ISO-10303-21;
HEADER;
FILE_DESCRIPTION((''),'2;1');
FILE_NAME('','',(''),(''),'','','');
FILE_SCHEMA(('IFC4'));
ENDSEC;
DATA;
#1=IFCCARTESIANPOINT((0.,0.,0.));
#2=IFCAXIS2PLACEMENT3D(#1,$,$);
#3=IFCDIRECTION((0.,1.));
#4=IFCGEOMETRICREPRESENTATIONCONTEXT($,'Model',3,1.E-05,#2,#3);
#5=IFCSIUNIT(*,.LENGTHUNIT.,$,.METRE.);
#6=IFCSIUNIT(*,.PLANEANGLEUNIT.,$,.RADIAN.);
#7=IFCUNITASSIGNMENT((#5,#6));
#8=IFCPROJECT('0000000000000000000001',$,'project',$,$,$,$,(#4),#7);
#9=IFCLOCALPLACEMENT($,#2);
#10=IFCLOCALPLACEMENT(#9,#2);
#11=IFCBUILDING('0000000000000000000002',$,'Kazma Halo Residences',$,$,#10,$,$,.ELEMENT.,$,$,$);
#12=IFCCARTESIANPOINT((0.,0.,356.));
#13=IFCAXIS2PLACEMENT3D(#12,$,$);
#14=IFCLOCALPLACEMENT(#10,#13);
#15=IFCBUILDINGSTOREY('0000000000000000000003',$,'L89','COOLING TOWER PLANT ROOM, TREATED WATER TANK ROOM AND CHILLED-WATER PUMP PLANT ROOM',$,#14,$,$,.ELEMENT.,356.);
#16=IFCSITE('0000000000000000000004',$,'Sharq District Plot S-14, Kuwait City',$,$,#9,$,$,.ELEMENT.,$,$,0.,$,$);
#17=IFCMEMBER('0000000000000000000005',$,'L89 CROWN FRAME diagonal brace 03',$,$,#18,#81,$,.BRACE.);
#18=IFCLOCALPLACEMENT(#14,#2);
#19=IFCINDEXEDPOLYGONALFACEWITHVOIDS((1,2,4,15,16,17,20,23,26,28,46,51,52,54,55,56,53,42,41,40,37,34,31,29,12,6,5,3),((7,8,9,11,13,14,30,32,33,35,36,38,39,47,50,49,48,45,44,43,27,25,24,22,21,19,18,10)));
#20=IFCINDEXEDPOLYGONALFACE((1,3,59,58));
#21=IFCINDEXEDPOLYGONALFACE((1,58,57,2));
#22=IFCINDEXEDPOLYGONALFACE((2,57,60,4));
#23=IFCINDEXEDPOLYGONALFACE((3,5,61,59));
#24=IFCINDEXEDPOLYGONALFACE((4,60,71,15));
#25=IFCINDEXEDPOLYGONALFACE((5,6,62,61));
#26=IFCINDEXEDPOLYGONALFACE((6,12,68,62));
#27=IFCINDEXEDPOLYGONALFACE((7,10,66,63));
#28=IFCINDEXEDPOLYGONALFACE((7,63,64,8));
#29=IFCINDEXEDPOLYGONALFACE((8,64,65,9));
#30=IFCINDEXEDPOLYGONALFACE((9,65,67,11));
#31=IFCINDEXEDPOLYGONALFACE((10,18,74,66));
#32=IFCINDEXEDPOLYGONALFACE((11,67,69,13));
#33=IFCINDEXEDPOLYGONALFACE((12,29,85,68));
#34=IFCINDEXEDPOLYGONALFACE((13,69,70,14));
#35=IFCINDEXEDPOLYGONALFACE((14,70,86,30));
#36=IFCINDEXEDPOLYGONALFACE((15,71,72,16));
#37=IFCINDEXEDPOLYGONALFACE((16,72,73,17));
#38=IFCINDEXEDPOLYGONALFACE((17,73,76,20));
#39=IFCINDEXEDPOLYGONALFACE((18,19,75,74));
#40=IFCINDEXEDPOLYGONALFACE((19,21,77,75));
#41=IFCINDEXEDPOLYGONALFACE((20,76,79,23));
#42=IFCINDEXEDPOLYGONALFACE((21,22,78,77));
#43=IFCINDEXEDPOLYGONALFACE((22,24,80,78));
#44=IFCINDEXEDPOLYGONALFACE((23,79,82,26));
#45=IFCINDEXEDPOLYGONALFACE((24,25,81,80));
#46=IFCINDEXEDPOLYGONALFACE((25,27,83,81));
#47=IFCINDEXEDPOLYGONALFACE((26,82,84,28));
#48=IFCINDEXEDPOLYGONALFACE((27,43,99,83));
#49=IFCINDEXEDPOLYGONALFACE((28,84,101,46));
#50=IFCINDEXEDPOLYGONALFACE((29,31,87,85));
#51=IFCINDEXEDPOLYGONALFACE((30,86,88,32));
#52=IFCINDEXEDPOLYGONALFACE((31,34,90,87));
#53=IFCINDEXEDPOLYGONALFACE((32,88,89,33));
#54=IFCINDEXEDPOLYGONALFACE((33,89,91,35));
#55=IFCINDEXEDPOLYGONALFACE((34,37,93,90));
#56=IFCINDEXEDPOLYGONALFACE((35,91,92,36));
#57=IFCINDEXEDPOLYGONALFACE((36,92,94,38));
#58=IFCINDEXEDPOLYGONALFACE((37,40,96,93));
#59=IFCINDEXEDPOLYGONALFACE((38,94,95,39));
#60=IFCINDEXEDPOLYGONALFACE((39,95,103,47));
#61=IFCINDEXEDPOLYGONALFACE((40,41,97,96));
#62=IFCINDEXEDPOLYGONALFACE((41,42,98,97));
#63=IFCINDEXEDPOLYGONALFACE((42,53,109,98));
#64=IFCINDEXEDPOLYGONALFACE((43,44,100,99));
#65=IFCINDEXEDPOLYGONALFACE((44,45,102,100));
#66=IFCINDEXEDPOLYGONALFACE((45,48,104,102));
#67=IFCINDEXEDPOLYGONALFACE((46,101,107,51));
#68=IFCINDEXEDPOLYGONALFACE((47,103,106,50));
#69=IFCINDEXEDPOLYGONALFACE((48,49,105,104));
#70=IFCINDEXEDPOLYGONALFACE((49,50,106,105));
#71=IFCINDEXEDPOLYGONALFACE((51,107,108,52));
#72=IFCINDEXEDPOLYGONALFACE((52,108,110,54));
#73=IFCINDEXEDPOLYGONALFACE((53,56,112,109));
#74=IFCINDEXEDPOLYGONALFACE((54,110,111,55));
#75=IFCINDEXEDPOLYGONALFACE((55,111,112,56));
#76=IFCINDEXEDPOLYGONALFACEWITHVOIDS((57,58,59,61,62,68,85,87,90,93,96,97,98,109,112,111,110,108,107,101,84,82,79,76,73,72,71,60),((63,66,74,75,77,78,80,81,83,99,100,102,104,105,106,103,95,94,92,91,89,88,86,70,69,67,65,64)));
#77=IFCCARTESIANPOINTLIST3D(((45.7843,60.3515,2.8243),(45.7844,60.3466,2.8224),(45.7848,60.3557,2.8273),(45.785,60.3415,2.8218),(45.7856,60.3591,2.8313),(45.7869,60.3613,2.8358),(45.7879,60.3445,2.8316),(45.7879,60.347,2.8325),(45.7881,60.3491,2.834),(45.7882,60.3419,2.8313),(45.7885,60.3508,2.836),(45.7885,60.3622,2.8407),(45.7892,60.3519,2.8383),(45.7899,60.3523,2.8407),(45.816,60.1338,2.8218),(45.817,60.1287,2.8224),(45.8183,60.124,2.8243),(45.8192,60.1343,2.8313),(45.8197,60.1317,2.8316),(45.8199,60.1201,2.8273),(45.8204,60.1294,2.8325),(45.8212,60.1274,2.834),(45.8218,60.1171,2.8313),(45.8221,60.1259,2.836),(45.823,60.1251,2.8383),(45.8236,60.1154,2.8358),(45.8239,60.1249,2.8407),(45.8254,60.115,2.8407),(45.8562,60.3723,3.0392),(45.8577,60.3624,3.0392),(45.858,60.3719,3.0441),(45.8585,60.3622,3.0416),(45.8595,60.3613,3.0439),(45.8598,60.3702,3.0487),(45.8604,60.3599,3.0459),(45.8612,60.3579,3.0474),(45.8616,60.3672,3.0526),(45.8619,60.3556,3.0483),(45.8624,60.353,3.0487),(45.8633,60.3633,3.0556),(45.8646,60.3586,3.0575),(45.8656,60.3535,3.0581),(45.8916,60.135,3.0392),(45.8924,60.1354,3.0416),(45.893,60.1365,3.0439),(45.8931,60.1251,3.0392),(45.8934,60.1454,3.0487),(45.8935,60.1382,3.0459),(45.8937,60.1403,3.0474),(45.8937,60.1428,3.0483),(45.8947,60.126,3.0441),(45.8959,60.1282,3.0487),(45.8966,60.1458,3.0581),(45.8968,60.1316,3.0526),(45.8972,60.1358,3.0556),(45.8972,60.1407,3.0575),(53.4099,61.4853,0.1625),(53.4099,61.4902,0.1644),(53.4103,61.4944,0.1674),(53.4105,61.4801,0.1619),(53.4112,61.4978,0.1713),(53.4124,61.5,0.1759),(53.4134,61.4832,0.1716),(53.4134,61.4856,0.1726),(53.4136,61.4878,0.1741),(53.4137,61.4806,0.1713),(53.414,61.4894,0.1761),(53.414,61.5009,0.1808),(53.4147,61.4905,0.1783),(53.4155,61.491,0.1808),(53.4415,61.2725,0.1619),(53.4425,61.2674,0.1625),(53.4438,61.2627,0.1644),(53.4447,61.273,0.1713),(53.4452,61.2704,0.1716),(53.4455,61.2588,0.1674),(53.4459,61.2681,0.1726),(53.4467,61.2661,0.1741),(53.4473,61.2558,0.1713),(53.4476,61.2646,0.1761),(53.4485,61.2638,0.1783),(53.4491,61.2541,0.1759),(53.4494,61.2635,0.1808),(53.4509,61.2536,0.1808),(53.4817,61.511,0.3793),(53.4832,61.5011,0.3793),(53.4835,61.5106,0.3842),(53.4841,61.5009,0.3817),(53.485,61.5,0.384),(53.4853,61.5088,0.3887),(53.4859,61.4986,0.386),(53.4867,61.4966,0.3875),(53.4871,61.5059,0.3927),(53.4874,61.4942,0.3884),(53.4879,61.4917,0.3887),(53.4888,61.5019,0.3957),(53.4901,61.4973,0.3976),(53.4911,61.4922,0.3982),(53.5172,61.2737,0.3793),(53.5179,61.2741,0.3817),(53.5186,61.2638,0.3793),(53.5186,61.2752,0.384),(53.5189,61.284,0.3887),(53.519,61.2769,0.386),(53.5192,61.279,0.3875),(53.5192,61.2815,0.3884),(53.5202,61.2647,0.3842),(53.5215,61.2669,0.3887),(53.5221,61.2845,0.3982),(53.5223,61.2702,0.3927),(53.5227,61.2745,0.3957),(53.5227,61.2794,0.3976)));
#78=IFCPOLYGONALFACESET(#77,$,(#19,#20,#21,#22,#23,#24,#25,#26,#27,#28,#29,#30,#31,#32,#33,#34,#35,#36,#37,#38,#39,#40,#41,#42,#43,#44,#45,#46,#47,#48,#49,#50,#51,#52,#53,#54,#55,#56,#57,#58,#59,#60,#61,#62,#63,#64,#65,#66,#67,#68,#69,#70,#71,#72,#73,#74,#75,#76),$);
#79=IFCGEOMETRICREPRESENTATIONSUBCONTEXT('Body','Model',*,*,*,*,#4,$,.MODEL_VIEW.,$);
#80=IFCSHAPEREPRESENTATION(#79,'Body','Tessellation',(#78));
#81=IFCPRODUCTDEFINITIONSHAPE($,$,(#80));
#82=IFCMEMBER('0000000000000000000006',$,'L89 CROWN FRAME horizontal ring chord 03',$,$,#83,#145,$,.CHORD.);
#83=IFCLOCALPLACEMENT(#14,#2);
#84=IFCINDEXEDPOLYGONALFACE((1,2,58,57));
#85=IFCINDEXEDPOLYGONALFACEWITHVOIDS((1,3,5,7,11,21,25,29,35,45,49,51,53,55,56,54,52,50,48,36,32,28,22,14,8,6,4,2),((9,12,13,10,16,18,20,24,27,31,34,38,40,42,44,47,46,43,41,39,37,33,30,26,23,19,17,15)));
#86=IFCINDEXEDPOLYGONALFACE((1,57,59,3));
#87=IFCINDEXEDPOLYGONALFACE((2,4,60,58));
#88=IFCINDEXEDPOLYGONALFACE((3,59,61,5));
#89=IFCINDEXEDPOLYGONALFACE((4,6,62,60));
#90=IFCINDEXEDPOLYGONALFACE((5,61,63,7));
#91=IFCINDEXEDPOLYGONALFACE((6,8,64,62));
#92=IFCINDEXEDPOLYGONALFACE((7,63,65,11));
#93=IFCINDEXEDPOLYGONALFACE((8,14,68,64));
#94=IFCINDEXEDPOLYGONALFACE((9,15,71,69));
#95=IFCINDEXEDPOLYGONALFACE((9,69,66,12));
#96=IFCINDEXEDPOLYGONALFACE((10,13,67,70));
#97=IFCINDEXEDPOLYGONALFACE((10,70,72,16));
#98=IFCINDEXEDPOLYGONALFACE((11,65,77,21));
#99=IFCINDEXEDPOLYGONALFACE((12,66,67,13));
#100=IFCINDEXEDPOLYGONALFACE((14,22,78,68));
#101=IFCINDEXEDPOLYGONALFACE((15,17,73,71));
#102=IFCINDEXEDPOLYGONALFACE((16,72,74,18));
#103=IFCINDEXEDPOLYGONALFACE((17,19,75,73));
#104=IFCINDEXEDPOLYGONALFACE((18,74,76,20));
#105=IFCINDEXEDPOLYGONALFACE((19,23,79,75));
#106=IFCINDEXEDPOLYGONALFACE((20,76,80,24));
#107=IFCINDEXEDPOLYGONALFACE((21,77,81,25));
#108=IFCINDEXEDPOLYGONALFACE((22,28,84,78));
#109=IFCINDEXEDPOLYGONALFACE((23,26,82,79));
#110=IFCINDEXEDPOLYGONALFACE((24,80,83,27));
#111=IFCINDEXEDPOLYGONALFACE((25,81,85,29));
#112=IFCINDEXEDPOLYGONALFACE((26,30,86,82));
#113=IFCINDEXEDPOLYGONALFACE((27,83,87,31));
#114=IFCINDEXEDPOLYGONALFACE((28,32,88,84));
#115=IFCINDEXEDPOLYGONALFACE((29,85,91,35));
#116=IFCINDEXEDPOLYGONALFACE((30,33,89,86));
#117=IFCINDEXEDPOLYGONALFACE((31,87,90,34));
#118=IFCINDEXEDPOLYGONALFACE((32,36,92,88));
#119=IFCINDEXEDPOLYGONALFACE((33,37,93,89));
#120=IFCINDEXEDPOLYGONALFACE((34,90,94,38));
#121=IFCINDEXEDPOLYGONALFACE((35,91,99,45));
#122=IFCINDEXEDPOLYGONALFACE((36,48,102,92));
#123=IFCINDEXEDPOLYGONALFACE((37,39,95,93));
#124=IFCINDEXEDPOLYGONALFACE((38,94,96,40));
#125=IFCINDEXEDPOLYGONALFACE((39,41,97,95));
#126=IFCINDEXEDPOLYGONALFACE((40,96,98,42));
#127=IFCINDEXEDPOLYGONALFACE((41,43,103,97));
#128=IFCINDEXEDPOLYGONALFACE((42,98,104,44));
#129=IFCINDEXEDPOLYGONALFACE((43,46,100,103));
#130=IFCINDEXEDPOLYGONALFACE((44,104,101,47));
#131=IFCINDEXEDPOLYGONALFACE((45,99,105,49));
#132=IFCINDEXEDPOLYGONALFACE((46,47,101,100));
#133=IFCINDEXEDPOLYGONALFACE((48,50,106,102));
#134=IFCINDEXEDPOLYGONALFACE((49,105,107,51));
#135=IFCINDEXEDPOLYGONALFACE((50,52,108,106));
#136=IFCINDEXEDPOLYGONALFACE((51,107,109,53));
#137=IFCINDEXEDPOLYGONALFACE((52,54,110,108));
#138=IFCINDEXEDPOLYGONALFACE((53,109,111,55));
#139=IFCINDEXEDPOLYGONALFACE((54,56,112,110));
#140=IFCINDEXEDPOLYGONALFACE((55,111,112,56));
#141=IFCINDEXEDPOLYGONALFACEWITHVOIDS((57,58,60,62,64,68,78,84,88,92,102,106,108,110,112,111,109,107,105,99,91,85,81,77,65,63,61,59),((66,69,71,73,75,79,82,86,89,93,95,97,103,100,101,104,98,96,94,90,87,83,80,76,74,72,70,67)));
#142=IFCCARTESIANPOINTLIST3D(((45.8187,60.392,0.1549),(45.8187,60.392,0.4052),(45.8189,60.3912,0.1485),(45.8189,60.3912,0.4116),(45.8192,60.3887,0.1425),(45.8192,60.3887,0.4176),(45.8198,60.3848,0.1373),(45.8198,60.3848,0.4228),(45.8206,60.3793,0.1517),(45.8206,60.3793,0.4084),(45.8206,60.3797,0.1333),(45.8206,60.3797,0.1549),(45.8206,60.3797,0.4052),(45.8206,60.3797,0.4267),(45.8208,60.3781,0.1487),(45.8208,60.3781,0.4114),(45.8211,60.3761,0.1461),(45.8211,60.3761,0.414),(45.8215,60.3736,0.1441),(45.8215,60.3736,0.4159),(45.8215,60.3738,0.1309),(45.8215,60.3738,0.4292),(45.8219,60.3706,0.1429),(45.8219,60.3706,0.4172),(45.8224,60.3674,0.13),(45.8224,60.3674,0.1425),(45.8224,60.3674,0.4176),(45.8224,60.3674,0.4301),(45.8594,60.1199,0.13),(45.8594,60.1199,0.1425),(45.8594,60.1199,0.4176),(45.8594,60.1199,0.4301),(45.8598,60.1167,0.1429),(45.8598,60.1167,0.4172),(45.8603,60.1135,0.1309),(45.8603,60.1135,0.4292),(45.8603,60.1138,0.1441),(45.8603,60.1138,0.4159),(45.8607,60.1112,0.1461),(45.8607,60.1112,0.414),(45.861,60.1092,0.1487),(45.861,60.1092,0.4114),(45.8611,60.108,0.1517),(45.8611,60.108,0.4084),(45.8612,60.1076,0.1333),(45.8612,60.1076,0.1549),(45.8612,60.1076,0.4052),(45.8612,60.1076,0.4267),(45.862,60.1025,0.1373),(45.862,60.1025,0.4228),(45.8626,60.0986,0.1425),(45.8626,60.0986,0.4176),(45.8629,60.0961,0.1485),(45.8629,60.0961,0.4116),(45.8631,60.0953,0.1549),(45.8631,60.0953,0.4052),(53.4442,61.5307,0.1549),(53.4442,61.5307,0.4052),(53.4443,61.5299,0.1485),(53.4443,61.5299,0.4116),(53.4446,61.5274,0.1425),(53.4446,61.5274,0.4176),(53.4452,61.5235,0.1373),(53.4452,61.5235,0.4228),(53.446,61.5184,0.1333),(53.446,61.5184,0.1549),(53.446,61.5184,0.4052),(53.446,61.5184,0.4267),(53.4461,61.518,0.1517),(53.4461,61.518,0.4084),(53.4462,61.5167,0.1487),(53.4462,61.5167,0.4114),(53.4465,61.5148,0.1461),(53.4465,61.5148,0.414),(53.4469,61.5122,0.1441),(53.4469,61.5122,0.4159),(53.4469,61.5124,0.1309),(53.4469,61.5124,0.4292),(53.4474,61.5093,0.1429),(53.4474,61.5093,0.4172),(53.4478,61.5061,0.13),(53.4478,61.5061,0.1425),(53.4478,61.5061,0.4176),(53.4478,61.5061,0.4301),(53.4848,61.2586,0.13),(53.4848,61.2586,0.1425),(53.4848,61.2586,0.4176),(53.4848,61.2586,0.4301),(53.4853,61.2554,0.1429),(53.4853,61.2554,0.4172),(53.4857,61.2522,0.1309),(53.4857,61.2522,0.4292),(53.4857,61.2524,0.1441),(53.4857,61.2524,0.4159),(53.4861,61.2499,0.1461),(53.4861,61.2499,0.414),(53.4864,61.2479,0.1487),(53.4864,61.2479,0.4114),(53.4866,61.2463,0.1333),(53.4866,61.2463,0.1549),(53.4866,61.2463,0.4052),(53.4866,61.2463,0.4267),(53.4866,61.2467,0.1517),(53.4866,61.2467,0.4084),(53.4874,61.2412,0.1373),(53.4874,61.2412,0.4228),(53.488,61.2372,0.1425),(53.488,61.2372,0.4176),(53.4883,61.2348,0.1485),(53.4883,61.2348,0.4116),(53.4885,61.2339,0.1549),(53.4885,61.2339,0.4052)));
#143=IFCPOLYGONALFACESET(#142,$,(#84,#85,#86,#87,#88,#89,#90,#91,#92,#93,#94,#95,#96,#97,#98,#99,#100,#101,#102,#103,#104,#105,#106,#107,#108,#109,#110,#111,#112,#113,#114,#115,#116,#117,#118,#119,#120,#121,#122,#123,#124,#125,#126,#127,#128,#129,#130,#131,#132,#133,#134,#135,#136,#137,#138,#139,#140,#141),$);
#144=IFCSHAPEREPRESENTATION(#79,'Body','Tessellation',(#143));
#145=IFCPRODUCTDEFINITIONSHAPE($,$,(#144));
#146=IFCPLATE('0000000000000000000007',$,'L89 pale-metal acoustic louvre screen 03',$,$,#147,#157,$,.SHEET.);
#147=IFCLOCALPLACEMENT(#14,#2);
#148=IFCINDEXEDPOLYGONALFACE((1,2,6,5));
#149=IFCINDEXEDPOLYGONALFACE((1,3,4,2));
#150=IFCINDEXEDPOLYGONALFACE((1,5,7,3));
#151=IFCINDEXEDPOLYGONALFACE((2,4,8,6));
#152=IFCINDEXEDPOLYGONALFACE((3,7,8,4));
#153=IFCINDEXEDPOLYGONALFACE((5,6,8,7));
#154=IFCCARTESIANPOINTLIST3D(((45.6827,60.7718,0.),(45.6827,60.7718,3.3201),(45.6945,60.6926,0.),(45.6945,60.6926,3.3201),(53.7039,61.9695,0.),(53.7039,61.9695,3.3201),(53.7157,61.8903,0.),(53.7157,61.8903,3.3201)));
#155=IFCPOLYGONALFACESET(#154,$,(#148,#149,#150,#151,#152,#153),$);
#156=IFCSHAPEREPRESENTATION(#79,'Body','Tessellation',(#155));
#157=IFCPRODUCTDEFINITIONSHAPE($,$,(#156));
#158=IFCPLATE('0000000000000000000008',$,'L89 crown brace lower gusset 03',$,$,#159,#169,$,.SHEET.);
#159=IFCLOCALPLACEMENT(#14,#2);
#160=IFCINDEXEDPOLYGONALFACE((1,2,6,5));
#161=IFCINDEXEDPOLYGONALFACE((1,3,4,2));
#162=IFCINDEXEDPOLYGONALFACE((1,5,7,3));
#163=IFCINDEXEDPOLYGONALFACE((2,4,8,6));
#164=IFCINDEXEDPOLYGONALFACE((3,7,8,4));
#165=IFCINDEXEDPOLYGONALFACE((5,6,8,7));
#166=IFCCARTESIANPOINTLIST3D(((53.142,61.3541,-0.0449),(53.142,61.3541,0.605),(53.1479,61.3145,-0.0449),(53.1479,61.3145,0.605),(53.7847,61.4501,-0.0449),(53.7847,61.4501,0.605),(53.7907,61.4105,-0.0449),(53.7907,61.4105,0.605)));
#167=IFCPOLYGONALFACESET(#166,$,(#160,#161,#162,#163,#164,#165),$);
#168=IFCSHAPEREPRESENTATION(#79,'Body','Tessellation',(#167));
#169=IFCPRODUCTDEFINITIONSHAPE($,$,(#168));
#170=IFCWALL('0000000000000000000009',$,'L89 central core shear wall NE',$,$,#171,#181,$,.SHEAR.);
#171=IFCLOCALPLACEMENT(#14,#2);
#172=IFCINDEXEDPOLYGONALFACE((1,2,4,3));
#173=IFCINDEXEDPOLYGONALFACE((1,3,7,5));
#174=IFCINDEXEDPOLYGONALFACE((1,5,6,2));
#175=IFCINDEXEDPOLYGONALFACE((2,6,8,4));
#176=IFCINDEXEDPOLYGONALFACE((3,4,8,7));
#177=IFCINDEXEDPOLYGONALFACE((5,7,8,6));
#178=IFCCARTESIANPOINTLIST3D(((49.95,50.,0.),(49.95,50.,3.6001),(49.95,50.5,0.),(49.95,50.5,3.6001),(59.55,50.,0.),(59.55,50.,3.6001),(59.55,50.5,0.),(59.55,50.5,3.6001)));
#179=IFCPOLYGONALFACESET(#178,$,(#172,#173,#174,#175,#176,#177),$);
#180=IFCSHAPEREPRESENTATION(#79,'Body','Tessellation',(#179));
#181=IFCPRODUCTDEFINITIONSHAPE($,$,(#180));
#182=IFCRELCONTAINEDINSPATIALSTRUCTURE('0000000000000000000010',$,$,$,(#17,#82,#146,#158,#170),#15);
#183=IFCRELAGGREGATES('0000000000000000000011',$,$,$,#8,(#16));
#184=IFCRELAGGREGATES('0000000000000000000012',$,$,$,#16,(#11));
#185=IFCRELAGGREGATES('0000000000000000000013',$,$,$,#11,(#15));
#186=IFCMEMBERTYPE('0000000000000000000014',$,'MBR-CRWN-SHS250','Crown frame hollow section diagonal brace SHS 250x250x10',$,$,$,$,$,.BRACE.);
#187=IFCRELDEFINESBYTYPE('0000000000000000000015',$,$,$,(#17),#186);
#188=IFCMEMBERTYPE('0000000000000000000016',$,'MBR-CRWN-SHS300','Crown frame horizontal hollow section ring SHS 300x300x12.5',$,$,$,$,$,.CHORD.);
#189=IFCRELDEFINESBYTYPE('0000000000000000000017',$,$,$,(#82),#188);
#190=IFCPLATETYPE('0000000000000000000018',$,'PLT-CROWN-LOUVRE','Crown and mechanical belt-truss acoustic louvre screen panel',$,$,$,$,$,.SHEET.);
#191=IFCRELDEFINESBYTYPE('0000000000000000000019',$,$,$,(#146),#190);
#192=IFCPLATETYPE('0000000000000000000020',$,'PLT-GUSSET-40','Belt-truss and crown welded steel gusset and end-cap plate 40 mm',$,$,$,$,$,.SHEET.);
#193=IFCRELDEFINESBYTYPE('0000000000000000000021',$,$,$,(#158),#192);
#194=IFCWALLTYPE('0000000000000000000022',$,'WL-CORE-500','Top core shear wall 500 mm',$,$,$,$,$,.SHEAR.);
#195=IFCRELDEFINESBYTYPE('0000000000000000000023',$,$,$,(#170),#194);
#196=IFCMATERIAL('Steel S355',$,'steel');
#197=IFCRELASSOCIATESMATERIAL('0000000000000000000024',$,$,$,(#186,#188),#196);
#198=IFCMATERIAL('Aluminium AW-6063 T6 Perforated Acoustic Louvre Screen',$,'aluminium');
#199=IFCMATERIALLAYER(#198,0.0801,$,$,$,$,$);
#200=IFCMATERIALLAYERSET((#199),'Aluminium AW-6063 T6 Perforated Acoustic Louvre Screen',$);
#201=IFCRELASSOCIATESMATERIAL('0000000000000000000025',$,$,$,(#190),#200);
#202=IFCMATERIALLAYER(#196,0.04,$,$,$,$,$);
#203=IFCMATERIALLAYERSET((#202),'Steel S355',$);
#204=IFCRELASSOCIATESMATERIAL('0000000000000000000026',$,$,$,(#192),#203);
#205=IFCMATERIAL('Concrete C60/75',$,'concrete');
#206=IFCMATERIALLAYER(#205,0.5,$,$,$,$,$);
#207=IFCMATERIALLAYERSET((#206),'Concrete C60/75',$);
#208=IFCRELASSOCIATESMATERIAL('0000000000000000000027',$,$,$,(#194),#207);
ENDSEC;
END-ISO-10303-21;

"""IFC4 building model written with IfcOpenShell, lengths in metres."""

from ifc_helpers import new_model, si_unit, direction, frame, frame_2d, origin, origin_2d, place, context, subcontext, project, spatial, rectangle, hollow_rectangle, extrude, material, layer, layer_set, material_profile, profile_set, type_object, element, save


model = new_model("IFC4")

# Units and contexts
model_context = context("Model", 3, precision=1e-05, world=origin(), true_north=direction((0.0, 1.0)))
body_context = subcontext(model_context, "Body", "Model", "MODEL_VIEW")
ifc_project = project(units=[si_unit("LENGTHUNIT", "METRE"), si_unit("PLANEANGLEUNIT", "RADIAN")], contexts=[model_context])

# Site, building, storey
site_placement = place(None, origin())
site = spatial("IfcSite", under=ifc_project, at=site_placement, Name="Sharq District Plot S-14, Kuwait City", CompositionType="ELEMENT", RefElevation=0.0)
building_placement = place(site_placement, origin())
building = spatial("IfcBuilding", under=site, at=building_placement, Name="Kazma Halo Residences", CompositionType="ELEMENT")
storey_placement = place(building_placement, frame((0.0, 0.0, 356.0)))
storey = spatial("IfcBuildingStorey", under=building, at=storey_placement, Name="L89", Description="COOLING TOWER PLANT ROOM, TREATED WATER TANK ROOM AND CHILLED-WATER PUMP PLANT ROOM", CompositionType="ELEMENT", Elevation=356.0)

# Shared definitions
ifc_material_1 = material(Name="Steel S355", Category="steel")

# Members
ifc_material_profile_1 = material_profile(ifc_material_1, hollow_rectangle(XDim=0.25, YDim=0.25, WallThickness=0.01, InnerFilletRadius=0.01, OuterFilletRadius=0.02, at=origin_2d()), Name="SHS250x250x10")
ifc_profile_set_1 = profile_set([ifc_material_profile_1], Name="Steel S355")
member_type_1 = type_object("IfcMemberType", Name="MBR-CRWN-SHS250", Description="Crown frame hollow section diagonal brace SHS 250x250x10", PredefinedType="BRACE", material=ifc_profile_set_1)
member_1_placement = place(storey_placement, frame((53.4663, 61.3823, 0.28), z_axis=(-0.934958, -0.139612, 0.326131), x_axis=(0.147687, -0.989034, 0.0)))
element("IfcMember", 1, at=member_1_placement, inside=storey, type_object=member_type_1, Name="L89 CROWN FRAME diagonal brace 03", PredefinedType="BRACE", context=body_context, shape_type="SweptSolid", body=[
    extrude(hollow_rectangle(XDim=0.25, YDim=0.25, WallThickness=0.01, InnerFilletRadius=0.01, OuterFilletRadius=0.02, at=origin_2d()), origin(), (0.0, 0.0, 1.0), 8.156),
])
ifc_material_profile_2 = material_profile(ifc_material_1, hollow_rectangle(XDim=0.3, YDim=0.3, WallThickness=0.0125, InnerFilletRadius=0.0125, OuterFilletRadius=0.0249, at=origin_2d()), Name="SHS300x300x12.5")
ifc_profile_set_2 = profile_set([ifc_material_profile_2], Name="Steel S355")
member_type_2 = type_object("IfcMemberType", Name="MBR-CRWN-SHS300", Description="Crown frame horizontal hollow section ring SHS 300x300x12.5", PredefinedType="CHORD", material=ifc_profile_set_2)
member_2_placement = place(storey_placement, frame((53.4663, 61.3823, 0.28), z_axis=(-0.989034, -0.147687, 0.0), x_axis=(0.147687, -0.989034, 0.0)))
element("IfcMember", 2, at=member_2_placement, inside=storey, type_object=member_type_2, Name="L89 CROWN FRAME horizontal ring chord 03", PredefinedType="CHORD", context=body_context, shape_type="SweptSolid", body=[
    extrude(hollow_rectangle(XDim=0.3, YDim=0.3, WallThickness=0.0125, InnerFilletRadius=0.0125, OuterFilletRadius=0.0249, at=origin_2d()), origin(), (0.0, 0.0, 1.0), 7.71),
])

# Plates
ifc_material_2 = material(Name="Aluminium AW-6063 T6 Perforated Acoustic Louvre Screen", Category="aluminium")
ifc_layer_1 = layer(ifc_material_2, 0.0801)
ifc_layer_set_1 = layer_set([ifc_layer_1], Name="Aluminium AW-6063 T6 Perforated Acoustic Louvre Screen")
plate_type_1 = type_object("IfcPlateType", Name="PLT-CROWN-LOUVRE", Description="Crown and mechanical belt-truss acoustic louvre screen panel", PredefinedType="SHEET", material=ifc_layer_set_1)
plate_1_placement = place(storey_placement, frame((49.6992, 61.3311, 0.0), z_axis=(0.0, 0.0, 1.0), x_axis=(-0.989034, -0.147687, 0.0)))
element("IfcPlate", 3, at=plate_1_placement, inside=storey, type_object=plate_type_1, Name="L89 pale-metal acoustic louvre screen 03", PredefinedType="SHEET", context=body_context, shape_type="SweptSolid", body=[
    extrude(rectangle(XDim=8.1101, YDim=0.0801, at=origin_2d()), origin(), (0.0, 0.0, 1.0), 3.3201),
])
ifc_layer_2 = layer(ifc_material_1, 0.04)
ifc_layer_set_2 = layer_set([ifc_layer_2], Name="Steel S355")
plate_type_2 = type_object("IfcPlateType", Name="PLT-GUSSET-40", Description="Belt-truss and crown welded steel gusset and end-cap plate 40 mm", PredefinedType="SHEET", material=ifc_layer_set_2)
plate_2_placement = place(storey_placement, frame((53.4663, 61.3823, -0.0449), z_axis=(0.0, 0.0, 1.0), x_axis=(-0.989034, -0.147687, 0.0)))
element("IfcPlate", 4, at=plate_2_placement, inside=storey, type_object=plate_type_2, Name="L89 crown brace lower gusset 03", PredefinedType="SHEET", context=body_context, shape_type="SweptSolid", body=[
    extrude(rectangle(XDim=0.6499, YDim=0.04, at=origin_2d()), origin(), (0.0, 0.0, 1.0), 0.6499),
])

# Wall
ifc_material_3 = material(Name="Concrete C60/75", Category="concrete")
ifc_layer_3 = layer(ifc_material_3, 0.5)
ifc_layer_set_3 = layer_set([ifc_layer_3], Name="Concrete C60/75")
wall_type_1 = type_object("IfcWallType", Name="WL-CORE-500", Description="Top core shear wall 500 mm", PredefinedType="SHEAR", material=ifc_layer_set_3)
wall_1_placement = place(storey_placement, frame((49.95, 50.25, 0.0), z_axis=(0.0, 0.0, 1.0), x_axis=(1.0, 0.0, 0.0)))
element("IfcWall", 5, at=wall_1_placement, inside=storey, type_object=wall_type_1, Name="L89 central core shear wall NE", PredefinedType="SHEAR", context=body_context, shape_type="SweptSolid", body=[
    extrude(rectangle(XDim=9.6001, YDim=0.5, at=frame_2d((4.8, 0.0))), origin(), (0.0, 0.0, 1.0), 3.6001),
])

save(model, "model.ifc")
